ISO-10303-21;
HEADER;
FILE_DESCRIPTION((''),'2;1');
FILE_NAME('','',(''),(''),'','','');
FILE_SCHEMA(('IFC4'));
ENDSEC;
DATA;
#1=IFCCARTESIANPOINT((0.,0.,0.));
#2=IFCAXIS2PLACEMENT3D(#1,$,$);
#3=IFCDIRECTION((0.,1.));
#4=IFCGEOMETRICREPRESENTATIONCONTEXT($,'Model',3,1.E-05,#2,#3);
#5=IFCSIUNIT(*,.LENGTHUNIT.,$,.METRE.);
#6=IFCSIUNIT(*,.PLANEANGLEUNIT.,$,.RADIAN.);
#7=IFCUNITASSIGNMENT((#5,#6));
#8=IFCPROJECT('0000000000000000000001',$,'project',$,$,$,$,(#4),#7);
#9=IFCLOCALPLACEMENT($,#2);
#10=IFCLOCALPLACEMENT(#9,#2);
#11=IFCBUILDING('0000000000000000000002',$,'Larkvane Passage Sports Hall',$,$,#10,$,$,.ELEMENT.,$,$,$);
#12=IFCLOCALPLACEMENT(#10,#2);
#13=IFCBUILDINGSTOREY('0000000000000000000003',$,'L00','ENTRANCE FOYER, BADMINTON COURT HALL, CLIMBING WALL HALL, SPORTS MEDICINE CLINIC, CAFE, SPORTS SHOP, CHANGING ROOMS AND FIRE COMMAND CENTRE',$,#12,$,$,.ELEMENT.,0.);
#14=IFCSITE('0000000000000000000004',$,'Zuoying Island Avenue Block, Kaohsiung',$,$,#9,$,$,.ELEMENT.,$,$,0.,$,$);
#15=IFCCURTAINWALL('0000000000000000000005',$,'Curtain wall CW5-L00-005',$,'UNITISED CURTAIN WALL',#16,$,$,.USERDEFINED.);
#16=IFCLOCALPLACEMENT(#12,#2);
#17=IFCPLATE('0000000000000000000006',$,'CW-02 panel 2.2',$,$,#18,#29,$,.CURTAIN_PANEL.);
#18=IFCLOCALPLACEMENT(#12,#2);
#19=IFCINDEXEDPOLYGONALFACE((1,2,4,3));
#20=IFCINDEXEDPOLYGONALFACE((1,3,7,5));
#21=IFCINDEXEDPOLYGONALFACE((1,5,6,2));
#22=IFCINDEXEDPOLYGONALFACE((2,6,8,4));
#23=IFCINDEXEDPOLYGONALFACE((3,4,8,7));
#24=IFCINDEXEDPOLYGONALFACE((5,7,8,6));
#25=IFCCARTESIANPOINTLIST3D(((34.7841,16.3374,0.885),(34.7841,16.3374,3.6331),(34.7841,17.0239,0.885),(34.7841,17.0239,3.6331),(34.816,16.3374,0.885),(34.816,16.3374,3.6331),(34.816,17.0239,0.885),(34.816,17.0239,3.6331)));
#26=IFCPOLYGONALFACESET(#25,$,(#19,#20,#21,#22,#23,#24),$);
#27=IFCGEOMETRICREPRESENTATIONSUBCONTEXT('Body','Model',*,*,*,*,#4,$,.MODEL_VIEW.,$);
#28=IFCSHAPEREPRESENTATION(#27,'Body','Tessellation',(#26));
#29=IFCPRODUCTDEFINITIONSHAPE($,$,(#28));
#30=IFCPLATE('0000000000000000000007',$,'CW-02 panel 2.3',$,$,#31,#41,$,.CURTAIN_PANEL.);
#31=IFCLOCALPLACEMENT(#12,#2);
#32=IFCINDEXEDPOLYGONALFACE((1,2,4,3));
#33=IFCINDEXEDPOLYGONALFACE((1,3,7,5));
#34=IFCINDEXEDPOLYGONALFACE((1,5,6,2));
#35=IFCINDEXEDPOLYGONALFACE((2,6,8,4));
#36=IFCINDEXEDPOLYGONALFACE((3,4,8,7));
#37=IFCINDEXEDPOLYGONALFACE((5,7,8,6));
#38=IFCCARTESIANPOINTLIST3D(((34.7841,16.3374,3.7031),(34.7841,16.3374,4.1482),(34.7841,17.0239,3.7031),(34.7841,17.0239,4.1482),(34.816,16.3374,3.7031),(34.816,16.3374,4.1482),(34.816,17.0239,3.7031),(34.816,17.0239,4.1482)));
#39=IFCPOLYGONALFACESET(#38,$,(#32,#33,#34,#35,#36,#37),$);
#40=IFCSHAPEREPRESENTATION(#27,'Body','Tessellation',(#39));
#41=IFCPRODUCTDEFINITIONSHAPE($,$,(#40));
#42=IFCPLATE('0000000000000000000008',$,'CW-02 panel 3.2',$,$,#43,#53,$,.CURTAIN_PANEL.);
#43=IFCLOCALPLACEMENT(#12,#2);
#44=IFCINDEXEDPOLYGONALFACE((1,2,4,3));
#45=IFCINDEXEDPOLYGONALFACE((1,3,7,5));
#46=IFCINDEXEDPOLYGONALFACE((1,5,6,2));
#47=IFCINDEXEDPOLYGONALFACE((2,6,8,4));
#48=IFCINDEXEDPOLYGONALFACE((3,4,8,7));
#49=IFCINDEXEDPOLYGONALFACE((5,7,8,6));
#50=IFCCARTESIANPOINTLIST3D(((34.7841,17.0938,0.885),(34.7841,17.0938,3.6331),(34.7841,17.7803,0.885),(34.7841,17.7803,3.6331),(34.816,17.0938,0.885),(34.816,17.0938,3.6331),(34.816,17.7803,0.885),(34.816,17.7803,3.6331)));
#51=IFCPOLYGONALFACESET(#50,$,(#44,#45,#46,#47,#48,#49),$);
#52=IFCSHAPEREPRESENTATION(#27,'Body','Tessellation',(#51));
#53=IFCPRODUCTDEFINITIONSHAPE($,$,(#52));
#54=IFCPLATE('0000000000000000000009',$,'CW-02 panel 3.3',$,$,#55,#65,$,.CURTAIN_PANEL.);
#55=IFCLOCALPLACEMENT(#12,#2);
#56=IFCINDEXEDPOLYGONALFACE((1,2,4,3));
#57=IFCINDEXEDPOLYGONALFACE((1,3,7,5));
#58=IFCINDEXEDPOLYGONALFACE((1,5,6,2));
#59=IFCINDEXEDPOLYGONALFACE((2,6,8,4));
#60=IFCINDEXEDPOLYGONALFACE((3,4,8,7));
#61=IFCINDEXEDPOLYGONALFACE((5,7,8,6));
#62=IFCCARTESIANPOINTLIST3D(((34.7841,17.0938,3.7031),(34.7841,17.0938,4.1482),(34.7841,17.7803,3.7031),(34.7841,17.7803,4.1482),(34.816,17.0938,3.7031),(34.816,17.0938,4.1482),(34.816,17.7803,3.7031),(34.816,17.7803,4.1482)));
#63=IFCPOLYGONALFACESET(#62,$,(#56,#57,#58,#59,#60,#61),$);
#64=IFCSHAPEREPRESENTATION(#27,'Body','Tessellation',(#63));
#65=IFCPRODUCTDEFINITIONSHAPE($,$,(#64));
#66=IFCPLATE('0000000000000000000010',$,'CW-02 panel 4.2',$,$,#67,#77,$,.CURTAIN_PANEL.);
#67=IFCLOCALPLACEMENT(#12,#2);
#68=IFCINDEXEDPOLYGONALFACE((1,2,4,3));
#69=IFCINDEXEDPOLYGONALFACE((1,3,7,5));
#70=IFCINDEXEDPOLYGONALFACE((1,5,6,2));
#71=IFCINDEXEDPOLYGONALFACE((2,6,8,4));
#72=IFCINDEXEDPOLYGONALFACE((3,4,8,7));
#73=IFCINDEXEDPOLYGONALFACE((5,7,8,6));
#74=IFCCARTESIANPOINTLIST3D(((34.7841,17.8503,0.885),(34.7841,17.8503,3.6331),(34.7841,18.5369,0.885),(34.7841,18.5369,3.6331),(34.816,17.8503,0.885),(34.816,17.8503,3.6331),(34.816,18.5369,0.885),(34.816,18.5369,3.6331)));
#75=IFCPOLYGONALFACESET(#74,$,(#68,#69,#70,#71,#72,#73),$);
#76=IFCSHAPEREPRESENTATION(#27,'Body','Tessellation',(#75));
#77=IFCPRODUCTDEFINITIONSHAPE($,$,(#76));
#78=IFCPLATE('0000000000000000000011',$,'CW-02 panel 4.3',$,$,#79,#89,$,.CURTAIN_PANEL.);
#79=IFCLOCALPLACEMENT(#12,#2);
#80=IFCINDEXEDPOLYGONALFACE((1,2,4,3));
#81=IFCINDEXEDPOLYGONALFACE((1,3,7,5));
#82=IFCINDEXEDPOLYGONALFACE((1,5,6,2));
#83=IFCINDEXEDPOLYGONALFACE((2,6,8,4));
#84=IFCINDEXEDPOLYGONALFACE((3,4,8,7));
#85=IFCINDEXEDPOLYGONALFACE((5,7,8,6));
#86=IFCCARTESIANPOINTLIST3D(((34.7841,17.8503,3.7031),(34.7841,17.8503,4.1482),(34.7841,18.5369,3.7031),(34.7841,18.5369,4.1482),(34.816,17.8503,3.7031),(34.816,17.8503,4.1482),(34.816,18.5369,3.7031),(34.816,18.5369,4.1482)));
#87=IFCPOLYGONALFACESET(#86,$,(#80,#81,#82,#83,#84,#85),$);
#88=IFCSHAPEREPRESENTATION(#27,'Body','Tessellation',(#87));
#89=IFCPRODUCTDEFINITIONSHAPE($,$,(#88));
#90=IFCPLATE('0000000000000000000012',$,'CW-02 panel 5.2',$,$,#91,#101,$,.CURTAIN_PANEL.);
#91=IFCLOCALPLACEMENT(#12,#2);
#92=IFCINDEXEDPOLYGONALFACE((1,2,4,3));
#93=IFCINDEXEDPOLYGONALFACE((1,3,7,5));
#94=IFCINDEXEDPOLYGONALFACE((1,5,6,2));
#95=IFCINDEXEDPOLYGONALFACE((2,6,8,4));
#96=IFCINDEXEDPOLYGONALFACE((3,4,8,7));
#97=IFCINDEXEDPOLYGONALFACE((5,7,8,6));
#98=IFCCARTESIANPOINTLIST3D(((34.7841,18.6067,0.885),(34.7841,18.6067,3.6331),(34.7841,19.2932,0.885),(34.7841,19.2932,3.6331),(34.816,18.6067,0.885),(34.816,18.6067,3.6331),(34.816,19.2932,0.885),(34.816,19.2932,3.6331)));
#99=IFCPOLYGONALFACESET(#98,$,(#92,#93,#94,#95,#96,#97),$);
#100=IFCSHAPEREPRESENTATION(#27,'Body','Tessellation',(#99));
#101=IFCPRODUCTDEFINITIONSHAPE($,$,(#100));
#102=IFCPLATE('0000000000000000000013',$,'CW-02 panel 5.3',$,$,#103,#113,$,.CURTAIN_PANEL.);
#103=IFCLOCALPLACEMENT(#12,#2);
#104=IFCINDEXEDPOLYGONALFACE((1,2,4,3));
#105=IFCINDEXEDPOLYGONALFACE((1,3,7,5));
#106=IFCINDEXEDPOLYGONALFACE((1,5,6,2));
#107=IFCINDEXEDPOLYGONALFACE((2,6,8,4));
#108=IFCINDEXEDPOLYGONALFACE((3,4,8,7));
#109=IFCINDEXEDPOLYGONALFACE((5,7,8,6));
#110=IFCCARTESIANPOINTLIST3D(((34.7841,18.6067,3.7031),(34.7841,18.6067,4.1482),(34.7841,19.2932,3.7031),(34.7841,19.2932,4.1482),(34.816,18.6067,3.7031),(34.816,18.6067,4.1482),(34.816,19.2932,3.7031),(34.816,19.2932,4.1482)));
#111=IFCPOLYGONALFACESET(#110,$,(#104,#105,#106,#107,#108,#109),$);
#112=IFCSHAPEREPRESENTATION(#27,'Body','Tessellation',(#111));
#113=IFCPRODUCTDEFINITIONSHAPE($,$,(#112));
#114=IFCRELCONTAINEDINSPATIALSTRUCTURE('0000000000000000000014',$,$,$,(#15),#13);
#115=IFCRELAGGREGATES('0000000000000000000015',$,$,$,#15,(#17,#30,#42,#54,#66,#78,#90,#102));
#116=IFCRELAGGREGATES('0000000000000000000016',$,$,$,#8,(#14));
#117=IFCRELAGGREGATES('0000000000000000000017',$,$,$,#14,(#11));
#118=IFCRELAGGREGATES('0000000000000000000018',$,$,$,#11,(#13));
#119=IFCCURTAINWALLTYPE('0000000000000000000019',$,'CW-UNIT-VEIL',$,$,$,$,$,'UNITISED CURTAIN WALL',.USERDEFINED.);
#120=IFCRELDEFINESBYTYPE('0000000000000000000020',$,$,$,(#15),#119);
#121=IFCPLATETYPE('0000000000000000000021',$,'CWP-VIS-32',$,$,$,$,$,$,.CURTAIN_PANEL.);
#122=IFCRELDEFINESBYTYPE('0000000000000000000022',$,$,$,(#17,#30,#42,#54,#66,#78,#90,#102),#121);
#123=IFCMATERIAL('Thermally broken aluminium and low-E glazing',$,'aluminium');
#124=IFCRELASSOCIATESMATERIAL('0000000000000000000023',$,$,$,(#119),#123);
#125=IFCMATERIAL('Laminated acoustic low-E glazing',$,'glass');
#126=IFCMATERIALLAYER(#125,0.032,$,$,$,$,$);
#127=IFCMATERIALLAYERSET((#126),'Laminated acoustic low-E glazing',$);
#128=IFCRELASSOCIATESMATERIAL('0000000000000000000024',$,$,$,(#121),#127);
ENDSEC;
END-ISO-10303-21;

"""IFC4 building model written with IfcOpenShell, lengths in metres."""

from ifc_helpers import new_model, si_unit, direction, frame, origin, origin_2d, place, context, subcontext, project, spatial, rectangle, extrude, material, layer, layer_set, type_object, element, aggregate, save


model = new_model("IFC4")

# Units and contexts
model_context = context("Model", 3, precision=1e-05, world=origin(), true_north=direction((0.0, 1.0)))
body_context = subcontext(model_context, "Body", "Model", "MODEL_VIEW")
ifc_project = project(units=[si_unit("LENGTHUNIT", "METRE"), si_unit("PLANEANGLEUNIT", "RADIAN")], contexts=[model_context])

# Site, building, storey
site_placement = place(None, origin())
site = spatial("IfcSite", under=ifc_project, at=site_placement, Name="Zuoying Island Avenue Block, Kaohsiung", CompositionType="ELEMENT", RefElevation=0.0)
building_placement = place(site_placement, origin())
building = spatial("IfcBuilding", under=site, at=building_placement, Name="Larkvane Passage Sports Hall", CompositionType="ELEMENT")
storey_placement = place(building_placement, origin())
storey = spatial("IfcBuildingStorey", under=building, at=storey_placement, Name="L00", Description="ENTRANCE FOYER, BADMINTON COURT HALL, CLIMBING WALL HALL, SPORTS MEDICINE CLINIC, CAFE, SPORTS SHOP, CHANGING ROOMS AND FIRE COMMAND CENTRE", CompositionType="ELEMENT", Elevation=0.0)

# Curtain wall, plates
ifc_material_1 = material(Name="Thermally broken aluminium and low-E glazing", Category="aluminium")
curtain_wall_type = type_object("IfcCurtainWallType", Name="CW-UNIT-VEIL", ElementType="UNITISED CURTAIN WALL", PredefinedType="USERDEFINED", material=ifc_material_1)
curtain_wall_placement = place(storey_placement, origin())
curtain_wall = element("IfcCurtainWall", 1, at=curtain_wall_placement, inside=storey, type_object=curtain_wall_type, Name="Curtain wall CW5-L00-005", ObjectType="UNITISED CURTAIN WALL", PredefinedType="USERDEFINED")
ifc_material_2 = material(Name="Laminated acoustic low-E glazing", Category="glass")
ifc_layer = layer(ifc_material_2, 0.032)
ifc_layer_set = layer_set([ifc_layer], Name="Laminated acoustic low-E glazing")
plate_type = type_object("IfcPlateType", Name="CWP-VIS-32", PredefinedType="CURTAIN_PANEL", material=ifc_layer_set)
plate_1_placement = place(storey_placement, frame((34.8, 16.6807, 0.885), z_axis=(0.0, 0.0, 1.0), x_axis=(0.0, 1.0, 0.0)))
plate_1 = element("IfcPlate", 2, at=plate_1_placement, type_object=plate_type, Name="CW-02 panel 2.2", PredefinedType="CURTAIN_PANEL", context=body_context, shape_type="SweptSolid", body=[
    extrude(rectangle(XDim=0.6865, YDim=0.032, at=origin_2d()), origin(), (0.0, 0.0, 1.0), 2.748),
])
plate_2_placement = place(storey_placement, frame((34.8, 16.6807, 3.7031), z_axis=(0.0, 0.0, 1.0), x_axis=(0.0, 1.0, 0.0)))
plate_2 = element("IfcPlate", 3, at=plate_2_placement, type_object=plate_type, Name="CW-02 panel 2.3", PredefinedType="CURTAIN_PANEL", context=body_context, shape_type="SweptSolid", body=[
    extrude(rectangle(XDim=0.6865, YDim=0.032, at=origin_2d()), origin(), (0.0, 0.0, 1.0), 0.4451),
])
plate_3_placement = place(storey_placement, frame((34.8, 17.437, 0.885), z_axis=(0.0, 0.0, 1.0), x_axis=(0.0, 1.0, 0.0)))
plate_3 = element("IfcPlate", 4, at=plate_3_placement, type_object=plate_type, Name="CW-02 panel 3.2", PredefinedType="CURTAIN_PANEL", context=body_context, shape_type="SweptSolid", body=[
    extrude(rectangle(XDim=0.6865, YDim=0.032, at=origin_2d()), origin(), (0.0, 0.0, 1.0), 2.748),
])
plate_4_placement = place(storey_placement, frame((34.8, 17.437, 3.7031), z_axis=(0.0, 0.0, 1.0), x_axis=(0.0, 1.0, 0.0)))
plate_4 = element("IfcPlate", 5, at=plate_4_placement, type_object=plate_type, Name="CW-02 panel 3.3", PredefinedType="CURTAIN_PANEL", context=body_context, shape_type="SweptSolid", body=[
    extrude(rectangle(XDim=0.6865, YDim=0.032, at=origin_2d()), origin(), (0.0, 0.0, 1.0), 0.4451),
])
plate_5_placement = place(storey_placement, frame((34.8, 18.1936, 0.885), z_axis=(0.0, 0.0, 1.0), x_axis=(0.0, 1.0, 0.0)))
plate_5 = element("IfcPlate", 6, at=plate_5_placement, type_object=plate_type, Name="CW-02 panel 4.2", PredefinedType="CURTAIN_PANEL", context=body_context, shape_type="SweptSolid", body=[
    extrude(rectangle(XDim=0.6865, YDim=0.032, at=origin_2d()), origin(), (0.0, 0.0, 1.0), 2.748),
])
plate_6_placement = place(storey_placement, frame((34.8, 18.1936, 3.7031), z_axis=(0.0, 0.0, 1.0), x_axis=(0.0, 1.0, 0.0)))
plate_6 = element("IfcPlate", 7, at=plate_6_placement, type_object=plate_type, Name="CW-02 panel 4.3", PredefinedType="CURTAIN_PANEL", context=body_context, shape_type="SweptSolid", body=[
    extrude(rectangle(XDim=0.6865, YDim=0.032, at=origin_2d()), origin(), (0.0, 0.0, 1.0), 0.4451),
])
plate_7_placement = place(storey_placement, frame((34.8, 18.95, 0.885), z_axis=(0.0, 0.0, 1.0), x_axis=(0.0, 1.0, 0.0)))
plate_7 = element("IfcPlate", 8, at=plate_7_placement, type_object=plate_type, Name="CW-02 panel 5.2", PredefinedType="CURTAIN_PANEL", context=body_context, shape_type="SweptSolid", body=[
    extrude(rectangle(XDim=0.6865, YDim=0.032, at=origin_2d()), origin(), (0.0, 0.0, 1.0), 2.748),
])
plate_8_placement = place(storey_placement, frame((34.8, 18.95, 3.7031), z_axis=(0.0, 0.0, 1.0), x_axis=(0.0, 1.0, 0.0)))
plate_8 = element("IfcPlate", 9, at=plate_8_placement, type_object=plate_type, Name="CW-02 panel 5.3", PredefinedType="CURTAIN_PANEL", context=body_context, shape_type="SweptSolid", body=[
    extrude(rectangle(XDim=0.6865, YDim=0.032, at=origin_2d()), origin(), (0.0, 0.0, 1.0), 0.4451),
])
aggregate(curtain_wall, [plate_1, plate_2, plate_3, plate_4, plate_5, plate_6, plate_7, plate_8])

save(model, "model.ifc")
